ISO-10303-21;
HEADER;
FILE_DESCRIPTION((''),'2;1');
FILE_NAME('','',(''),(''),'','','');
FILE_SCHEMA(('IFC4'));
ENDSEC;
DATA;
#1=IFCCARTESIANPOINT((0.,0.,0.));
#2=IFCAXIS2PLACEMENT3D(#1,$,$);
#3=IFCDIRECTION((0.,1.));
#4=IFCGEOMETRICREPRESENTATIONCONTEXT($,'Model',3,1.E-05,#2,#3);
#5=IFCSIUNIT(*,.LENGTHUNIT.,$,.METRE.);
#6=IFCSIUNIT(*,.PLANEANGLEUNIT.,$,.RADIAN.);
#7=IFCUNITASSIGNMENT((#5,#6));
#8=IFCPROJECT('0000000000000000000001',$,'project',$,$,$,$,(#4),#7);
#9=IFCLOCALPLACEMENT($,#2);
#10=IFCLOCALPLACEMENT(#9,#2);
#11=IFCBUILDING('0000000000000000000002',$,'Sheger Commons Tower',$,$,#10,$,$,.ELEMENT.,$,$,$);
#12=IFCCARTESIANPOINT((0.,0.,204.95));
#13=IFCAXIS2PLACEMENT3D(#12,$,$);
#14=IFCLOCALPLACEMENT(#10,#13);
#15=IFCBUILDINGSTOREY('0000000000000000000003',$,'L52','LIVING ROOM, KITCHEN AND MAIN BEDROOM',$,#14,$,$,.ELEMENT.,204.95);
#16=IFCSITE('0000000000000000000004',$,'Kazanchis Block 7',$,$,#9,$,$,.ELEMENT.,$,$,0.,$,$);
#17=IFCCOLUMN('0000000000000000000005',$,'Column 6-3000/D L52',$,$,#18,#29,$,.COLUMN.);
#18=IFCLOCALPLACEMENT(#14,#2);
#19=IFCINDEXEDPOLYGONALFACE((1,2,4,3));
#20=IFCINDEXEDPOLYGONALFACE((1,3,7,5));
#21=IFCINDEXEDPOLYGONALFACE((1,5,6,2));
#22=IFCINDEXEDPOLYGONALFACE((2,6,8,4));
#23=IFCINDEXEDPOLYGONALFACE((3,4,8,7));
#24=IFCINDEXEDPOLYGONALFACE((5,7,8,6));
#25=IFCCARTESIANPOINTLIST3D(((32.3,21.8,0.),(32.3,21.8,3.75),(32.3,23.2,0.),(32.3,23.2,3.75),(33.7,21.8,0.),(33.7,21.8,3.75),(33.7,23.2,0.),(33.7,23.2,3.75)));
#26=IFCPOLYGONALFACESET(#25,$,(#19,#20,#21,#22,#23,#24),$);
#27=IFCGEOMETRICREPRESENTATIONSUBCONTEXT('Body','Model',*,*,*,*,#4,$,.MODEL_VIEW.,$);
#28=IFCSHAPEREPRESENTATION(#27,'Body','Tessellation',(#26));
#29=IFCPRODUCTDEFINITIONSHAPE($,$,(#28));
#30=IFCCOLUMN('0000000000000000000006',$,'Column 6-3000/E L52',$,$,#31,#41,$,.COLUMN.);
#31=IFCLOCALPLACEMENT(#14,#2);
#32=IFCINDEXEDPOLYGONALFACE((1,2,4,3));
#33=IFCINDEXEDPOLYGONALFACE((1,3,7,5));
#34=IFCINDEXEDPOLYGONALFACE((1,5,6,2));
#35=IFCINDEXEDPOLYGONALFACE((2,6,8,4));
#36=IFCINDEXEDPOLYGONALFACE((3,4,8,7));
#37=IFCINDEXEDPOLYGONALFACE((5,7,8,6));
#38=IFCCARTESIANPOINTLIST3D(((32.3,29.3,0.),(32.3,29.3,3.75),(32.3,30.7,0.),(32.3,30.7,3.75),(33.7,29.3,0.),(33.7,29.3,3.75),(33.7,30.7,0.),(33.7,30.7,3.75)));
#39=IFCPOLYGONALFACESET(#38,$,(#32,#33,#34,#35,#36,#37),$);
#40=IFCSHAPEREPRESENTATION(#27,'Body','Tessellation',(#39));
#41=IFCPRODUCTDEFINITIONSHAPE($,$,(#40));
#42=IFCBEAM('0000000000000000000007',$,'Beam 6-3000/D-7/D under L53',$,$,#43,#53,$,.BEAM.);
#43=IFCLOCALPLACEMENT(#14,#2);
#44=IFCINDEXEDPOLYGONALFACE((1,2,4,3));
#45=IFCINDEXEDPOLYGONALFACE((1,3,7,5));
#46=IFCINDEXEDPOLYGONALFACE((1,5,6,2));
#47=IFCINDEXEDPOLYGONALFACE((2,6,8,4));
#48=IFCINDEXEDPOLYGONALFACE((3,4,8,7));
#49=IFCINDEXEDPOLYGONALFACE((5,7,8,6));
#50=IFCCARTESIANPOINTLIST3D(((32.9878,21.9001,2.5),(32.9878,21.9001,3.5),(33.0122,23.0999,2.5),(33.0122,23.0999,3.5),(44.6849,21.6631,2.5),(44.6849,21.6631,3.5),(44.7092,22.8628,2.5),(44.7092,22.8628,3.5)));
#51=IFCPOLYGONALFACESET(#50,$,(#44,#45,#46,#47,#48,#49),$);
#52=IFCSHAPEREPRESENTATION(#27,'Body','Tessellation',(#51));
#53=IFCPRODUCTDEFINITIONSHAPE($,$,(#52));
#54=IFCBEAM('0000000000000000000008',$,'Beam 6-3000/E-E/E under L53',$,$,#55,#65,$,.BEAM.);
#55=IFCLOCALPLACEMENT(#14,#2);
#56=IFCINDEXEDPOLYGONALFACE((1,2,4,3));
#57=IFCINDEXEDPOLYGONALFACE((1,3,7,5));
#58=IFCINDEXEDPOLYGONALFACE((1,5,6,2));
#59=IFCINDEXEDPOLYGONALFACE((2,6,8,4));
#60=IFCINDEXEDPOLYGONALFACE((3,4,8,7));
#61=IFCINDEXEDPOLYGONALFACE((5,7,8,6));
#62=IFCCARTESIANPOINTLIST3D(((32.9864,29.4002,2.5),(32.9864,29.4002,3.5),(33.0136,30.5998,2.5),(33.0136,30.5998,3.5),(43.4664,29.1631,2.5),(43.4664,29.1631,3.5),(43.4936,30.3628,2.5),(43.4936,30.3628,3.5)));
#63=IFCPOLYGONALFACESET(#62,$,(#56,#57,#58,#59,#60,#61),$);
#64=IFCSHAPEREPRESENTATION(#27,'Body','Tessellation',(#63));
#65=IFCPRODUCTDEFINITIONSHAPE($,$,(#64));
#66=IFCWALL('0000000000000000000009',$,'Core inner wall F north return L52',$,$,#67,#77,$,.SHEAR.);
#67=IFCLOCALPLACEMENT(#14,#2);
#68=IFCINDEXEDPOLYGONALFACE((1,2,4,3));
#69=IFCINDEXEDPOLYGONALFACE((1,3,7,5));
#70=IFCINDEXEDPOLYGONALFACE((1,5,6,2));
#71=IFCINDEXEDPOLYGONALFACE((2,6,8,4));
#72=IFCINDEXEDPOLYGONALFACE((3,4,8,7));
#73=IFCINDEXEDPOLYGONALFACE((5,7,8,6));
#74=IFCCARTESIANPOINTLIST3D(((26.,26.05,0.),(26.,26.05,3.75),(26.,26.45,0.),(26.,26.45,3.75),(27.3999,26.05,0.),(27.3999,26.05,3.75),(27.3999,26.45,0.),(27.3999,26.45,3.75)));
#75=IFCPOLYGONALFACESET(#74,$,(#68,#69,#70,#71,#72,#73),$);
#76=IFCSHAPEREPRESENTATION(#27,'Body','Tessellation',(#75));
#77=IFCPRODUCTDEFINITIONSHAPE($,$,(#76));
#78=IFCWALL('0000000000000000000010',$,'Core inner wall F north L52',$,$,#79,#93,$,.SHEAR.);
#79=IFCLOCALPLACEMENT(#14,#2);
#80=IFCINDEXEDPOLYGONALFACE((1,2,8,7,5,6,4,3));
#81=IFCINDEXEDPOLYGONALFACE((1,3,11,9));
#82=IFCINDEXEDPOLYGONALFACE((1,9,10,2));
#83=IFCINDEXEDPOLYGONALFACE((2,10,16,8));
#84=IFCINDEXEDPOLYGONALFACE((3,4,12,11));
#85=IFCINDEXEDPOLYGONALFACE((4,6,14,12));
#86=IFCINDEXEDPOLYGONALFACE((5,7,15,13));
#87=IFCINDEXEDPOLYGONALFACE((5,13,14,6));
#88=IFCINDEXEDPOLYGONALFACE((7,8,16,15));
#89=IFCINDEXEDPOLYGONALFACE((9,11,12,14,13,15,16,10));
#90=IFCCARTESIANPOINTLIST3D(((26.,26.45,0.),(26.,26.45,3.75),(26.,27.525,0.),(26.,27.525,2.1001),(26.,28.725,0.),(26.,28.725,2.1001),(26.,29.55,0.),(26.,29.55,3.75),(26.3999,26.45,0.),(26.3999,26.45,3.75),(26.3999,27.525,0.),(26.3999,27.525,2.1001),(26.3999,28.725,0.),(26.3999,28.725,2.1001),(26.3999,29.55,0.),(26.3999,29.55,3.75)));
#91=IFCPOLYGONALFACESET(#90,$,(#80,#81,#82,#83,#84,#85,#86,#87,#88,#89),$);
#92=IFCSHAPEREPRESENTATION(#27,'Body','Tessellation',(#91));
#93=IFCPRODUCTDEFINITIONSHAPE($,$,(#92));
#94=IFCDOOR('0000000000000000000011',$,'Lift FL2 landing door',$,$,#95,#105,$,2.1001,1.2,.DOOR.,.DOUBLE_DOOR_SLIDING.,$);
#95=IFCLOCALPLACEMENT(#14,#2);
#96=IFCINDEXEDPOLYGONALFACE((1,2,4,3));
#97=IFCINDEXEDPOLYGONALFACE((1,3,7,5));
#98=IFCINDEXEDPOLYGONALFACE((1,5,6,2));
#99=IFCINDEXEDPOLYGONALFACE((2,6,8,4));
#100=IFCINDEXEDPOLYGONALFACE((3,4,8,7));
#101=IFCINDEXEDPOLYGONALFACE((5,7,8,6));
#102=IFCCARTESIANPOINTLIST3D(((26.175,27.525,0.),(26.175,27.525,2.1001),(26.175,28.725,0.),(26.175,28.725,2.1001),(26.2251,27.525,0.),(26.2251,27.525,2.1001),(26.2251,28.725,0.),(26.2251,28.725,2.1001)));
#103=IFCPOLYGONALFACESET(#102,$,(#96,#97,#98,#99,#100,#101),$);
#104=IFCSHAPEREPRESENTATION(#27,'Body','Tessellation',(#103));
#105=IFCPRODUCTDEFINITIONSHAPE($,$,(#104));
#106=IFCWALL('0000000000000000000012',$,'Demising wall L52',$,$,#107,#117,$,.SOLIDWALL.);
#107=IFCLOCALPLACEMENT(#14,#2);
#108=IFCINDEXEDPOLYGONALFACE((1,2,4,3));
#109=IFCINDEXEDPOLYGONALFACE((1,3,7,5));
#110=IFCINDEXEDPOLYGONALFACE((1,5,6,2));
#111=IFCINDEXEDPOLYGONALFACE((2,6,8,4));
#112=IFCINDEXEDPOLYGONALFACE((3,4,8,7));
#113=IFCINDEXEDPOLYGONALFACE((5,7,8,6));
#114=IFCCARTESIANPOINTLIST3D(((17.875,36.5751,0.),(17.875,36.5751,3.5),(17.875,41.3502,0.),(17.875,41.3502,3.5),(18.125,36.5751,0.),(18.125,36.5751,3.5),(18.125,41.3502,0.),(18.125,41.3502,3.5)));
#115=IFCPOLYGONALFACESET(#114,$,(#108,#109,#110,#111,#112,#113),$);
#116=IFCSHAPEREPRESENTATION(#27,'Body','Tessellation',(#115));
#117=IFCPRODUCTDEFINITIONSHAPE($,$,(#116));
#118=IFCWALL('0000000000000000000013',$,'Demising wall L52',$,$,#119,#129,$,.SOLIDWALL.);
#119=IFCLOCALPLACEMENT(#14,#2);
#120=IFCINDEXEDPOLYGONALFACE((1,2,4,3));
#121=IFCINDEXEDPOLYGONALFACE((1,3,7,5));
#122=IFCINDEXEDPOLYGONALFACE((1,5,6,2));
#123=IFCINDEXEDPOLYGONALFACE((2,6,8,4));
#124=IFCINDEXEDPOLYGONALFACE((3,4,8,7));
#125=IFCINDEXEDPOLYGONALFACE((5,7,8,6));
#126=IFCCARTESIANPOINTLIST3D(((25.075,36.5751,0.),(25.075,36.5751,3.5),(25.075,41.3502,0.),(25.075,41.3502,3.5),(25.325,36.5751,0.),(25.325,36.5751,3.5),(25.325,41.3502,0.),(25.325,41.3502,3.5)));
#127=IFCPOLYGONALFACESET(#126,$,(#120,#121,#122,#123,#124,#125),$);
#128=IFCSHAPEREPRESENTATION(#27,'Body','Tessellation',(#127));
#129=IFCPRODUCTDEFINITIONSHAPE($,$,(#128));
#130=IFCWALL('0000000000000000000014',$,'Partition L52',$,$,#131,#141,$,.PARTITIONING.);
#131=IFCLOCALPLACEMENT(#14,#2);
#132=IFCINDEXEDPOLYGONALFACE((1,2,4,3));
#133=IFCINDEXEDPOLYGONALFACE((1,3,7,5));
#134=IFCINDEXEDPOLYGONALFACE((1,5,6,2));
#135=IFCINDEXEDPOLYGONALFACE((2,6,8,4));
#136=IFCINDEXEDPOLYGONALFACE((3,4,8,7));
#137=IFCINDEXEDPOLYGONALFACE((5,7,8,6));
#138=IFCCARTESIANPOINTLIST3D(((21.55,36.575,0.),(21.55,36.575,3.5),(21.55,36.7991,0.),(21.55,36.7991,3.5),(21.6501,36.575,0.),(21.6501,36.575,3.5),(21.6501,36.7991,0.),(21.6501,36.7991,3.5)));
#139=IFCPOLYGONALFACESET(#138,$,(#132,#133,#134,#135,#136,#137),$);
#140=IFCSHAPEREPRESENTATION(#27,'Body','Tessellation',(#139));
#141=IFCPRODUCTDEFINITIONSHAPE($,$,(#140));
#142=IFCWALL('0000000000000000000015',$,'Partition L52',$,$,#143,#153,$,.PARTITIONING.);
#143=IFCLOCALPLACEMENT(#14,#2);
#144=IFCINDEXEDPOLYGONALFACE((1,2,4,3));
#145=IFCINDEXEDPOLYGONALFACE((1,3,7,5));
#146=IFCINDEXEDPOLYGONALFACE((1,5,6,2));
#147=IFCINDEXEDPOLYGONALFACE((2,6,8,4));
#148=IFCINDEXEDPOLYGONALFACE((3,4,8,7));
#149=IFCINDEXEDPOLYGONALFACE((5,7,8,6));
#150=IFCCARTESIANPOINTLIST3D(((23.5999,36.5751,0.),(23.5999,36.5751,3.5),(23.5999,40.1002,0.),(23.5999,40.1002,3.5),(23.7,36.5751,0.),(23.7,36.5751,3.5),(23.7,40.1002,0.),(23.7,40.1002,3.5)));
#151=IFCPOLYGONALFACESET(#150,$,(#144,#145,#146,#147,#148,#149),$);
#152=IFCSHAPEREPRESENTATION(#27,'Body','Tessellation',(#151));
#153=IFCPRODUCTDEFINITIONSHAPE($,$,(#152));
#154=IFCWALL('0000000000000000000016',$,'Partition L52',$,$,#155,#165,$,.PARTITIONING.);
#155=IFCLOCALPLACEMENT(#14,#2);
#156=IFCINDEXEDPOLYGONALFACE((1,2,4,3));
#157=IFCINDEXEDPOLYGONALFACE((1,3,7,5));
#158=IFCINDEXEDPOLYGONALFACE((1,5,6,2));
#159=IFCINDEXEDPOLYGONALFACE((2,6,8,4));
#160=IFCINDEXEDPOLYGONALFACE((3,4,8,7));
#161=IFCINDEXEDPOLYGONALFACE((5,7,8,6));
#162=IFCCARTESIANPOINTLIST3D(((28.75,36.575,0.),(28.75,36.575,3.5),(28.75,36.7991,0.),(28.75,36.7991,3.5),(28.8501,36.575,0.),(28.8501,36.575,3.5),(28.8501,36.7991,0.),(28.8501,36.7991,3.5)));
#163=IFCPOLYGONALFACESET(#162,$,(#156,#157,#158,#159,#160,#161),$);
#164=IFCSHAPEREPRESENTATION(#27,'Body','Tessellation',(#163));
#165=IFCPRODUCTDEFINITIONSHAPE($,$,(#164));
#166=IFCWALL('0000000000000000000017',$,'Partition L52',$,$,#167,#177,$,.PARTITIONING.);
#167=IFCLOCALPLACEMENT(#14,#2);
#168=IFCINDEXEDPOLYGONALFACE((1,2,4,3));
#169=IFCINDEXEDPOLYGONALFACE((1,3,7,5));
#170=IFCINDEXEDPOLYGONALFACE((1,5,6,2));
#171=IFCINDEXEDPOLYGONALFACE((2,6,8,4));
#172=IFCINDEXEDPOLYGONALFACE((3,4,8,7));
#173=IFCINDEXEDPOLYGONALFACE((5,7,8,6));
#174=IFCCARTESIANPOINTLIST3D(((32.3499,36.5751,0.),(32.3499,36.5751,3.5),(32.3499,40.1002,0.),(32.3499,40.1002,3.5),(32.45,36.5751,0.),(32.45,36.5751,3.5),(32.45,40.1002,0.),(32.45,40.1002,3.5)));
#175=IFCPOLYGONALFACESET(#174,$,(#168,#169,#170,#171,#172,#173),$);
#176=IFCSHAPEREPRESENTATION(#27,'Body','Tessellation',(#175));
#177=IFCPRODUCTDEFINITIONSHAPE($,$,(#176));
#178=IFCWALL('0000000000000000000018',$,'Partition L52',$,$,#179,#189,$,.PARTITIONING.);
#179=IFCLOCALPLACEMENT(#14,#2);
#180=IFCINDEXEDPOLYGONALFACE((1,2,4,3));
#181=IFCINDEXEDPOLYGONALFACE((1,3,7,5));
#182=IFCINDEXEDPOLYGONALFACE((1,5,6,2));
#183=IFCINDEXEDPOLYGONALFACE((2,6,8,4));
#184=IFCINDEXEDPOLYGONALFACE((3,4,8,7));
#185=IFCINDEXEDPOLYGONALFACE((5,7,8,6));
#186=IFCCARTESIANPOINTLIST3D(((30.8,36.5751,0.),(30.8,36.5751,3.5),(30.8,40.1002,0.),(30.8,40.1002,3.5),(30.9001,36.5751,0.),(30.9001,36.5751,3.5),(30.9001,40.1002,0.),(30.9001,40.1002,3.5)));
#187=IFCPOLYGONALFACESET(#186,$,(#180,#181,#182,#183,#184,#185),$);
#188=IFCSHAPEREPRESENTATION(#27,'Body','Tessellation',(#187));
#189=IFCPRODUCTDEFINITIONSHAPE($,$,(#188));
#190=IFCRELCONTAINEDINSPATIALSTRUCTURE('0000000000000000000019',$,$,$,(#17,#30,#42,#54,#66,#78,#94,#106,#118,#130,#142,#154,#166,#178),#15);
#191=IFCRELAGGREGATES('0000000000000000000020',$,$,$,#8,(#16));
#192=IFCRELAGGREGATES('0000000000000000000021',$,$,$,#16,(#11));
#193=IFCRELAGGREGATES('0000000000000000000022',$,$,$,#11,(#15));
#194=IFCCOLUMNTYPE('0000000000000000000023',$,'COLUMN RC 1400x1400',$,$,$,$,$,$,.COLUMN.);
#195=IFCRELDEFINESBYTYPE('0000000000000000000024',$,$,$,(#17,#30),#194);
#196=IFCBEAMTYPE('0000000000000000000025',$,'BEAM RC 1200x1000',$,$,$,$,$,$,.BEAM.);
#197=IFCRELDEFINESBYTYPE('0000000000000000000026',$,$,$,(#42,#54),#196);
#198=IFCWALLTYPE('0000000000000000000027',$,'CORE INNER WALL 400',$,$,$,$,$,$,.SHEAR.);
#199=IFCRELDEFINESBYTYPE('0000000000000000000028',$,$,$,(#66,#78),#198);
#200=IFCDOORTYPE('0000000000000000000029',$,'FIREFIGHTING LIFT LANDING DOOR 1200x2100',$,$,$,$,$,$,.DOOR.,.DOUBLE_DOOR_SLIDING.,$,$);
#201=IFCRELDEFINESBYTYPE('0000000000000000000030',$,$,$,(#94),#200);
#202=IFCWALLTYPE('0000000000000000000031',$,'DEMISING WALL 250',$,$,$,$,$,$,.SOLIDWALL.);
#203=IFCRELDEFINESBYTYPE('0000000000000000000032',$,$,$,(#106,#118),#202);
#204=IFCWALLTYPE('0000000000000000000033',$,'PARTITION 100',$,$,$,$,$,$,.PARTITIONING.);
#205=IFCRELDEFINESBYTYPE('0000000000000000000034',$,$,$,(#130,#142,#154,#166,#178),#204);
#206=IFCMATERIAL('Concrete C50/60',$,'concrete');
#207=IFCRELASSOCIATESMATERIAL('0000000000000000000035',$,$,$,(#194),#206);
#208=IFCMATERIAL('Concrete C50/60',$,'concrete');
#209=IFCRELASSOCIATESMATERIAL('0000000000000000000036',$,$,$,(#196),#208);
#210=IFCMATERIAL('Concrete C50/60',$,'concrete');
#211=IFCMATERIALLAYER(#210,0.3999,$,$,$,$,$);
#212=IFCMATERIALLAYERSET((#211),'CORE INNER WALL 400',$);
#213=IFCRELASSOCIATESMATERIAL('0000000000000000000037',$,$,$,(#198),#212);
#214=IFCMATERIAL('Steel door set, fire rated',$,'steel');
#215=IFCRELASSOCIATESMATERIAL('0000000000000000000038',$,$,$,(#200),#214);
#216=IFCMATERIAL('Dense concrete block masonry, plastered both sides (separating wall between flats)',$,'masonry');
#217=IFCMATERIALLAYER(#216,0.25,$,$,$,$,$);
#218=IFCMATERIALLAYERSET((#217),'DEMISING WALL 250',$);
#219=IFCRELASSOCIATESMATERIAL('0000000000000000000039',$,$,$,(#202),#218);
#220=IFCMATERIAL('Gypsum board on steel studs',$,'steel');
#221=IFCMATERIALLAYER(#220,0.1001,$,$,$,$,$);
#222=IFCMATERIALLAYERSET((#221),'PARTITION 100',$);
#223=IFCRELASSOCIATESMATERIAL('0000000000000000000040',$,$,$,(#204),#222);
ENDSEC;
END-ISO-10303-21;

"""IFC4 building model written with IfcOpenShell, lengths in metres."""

from ifc_helpers import new_model, si_unit, direction, frame, frame_2d, origin, origin_2d, place, context, subcontext, project, spatial, rectangle, extrude, material, layer, layer_set, material_profile, profile_set, type_object, element, fill, save


model = new_model("IFC4")

# Units and contexts
model_context = context("Model", 3, precision=1e-05, world=origin(), true_north=direction((0.0, 1.0)))
body_context = subcontext(model_context, "Body", "Model", "MODEL_VIEW")
ifc_project = project(units=[si_unit("LENGTHUNIT", "METRE"), si_unit("PLANEANGLEUNIT", "RADIAN")], contexts=[model_context])

# Site, building, storey
site_placement = place(None, origin())
site = spatial("IfcSite", under=ifc_project, at=site_placement, Name="Kazanchis Block 7", CompositionType="ELEMENT", RefElevation=0.0)
building_placement = place(site_placement, origin())
building = spatial("IfcBuilding", under=site, at=building_placement, Name="Sheger Commons Tower", CompositionType="ELEMENT")
storey_placement = place(building_placement, frame((0.0, 0.0, 204.95)))
storey = spatial("IfcBuildingStorey", under=building, at=storey_placement, Name="L52", Description="LIVING ROOM, KITCHEN AND MAIN BEDROOM", CompositionType="ELEMENT", Elevation=204.95)

# Columns
ifc_material_1 = material(Name="Concrete C50/60", Category="concrete")
ifc_material_profile_1 = material_profile(ifc_material_1, rectangle(XDim=1.3999, YDim=1.3999, at=origin_2d()), Name="RC 1400x1400")
ifc_profile_set_1 = profile_set([ifc_material_profile_1], Name="Concrete C50/60")
column_type = type_object("IfcColumnType", Name="COLUMN RC 1400x1400", PredefinedType="COLUMN", material=ifc_profile_set_1)
for number, where, z_axis, x_axis, name in (
    (1, (33.0, 22.5, 0.0), (0.0, 0.0, 1.0), (1.0, 0.0, 0.0), "Column 6-3000/D L52"),
    (2, (33.0, 30.0, 0.0), (0.0, 0.0, 1.0), (1.0, 0.0, 0.0), "Column 6-3000/E L52"),
):
    element("IfcColumn", number, at=place(storey_placement, frame(where, z_axis=z_axis, x_axis=x_axis)), inside=storey, type_object=column_type, Name=name, PredefinedType="COLUMN", context=body_context, shape_type="SweptSolid", body=[
        extrude(rectangle(XDim=1.3999, YDim=1.3999, at=origin_2d()), origin(), (0.0, 0.0, 1.0), 3.75),
    ])

# Beams
ifc_material_2 = material(Name="Concrete C50/60", Category="concrete")
ifc_material_profile_2 = material_profile(ifc_material_2, rectangle(XDim=1.2, YDim=1.0, at=origin_2d()), Name="RC 1200x1000")
ifc_profile_set_2 = profile_set([ifc_material_profile_2], Name="Concrete C50/60")
beam_type = type_object("IfcBeamType", Name="BEAM RC 1200x1000", PredefinedType="BEAM", material=ifc_profile_set_2)
beam_1_placement = place(storey_placement, frame((33.0, 22.5, 3.0), z_axis=(0.999795, -0.020263, 0.0), x_axis=(0.020263, 0.999795, 0.0)))
element("IfcBeam", 3, at=beam_1_placement, inside=storey, type_object=beam_type, Name="Beam 6-3000/D-7/D under L53", PredefinedType="BEAM", context=body_context, shape_type="SweptSolid", body=[
    extrude(rectangle(XDim=1.2, YDim=1.0, at=origin_2d()), origin(), (0.0, 0.0, 1.0), 11.6995),
])
beam_2_placement = place(storey_placement, frame((33.0, 30.0, 3.0), z_axis=(0.999744, -0.022615, 0.0), x_axis=(0.022615, 0.999744, 0.0)))
element("IfcBeam", 4, at=beam_2_placement, inside=storey, type_object=beam_type, Name="Beam 6-3000/E-E/E under L53", PredefinedType="BEAM", context=body_context, shape_type="SweptSolid", body=[
    extrude(rectangle(XDim=1.2, YDim=1.0, at=origin_2d()), origin(), (0.0, 0.0, 1.0), 10.4827),
])

# Wall
ifc_material_3 = material(Name="Concrete C50/60", Category="concrete")
ifc_layer_1 = layer(ifc_material_3, 0.3999)
ifc_layer_set_1 = layer_set([ifc_layer_1], Name="CORE INNER WALL 400")
wall_type_1 = type_object("IfcWallType", Name="CORE INNER WALL 400", PredefinedType="SHEAR", material=ifc_layer_set_1)
wall_1_placement = place(storey_placement, frame((26.0, 26.25, 0.0), z_axis=(0.0, 0.0, 1.0), x_axis=(1.0, 0.0, 0.0)))
element("IfcWall", 5, at=wall_1_placement, inside=storey, type_object=wall_type_1, Name="Core inner wall F north return L52", PredefinedType="SHEAR", context=body_context, shape_type="SweptSolid", body=[
    extrude(rectangle(XDim=1.3999, YDim=0.3999, at=frame_2d((0.7, 0.0))), origin(), (0.0, 0.0, 1.0), 3.75),
])

# Wall, opening, door
wall_2_placement = place(storey_placement, frame((26.2, 26.45, 0.0), z_axis=(0.0, 0.0, 1.0), x_axis=(0.0, 1.0, 0.0)))
wall_2 = element("IfcWall", 6, at=wall_2_placement, inside=storey, type_object=wall_type_1, Name="Core inner wall F north L52", PredefinedType="SHEAR", context=body_context, shape_type="SweptSolid", body=[
    extrude(rectangle(XDim=3.1001, YDim=0.3999, at=frame_2d((1.55, 0.0))), origin(), (0.0, 0.0, 1.0), 3.75),
])
opening_1_placement = place(wall_2_placement, frame((1.075, 0.0, 0.0)))
opening_1 = element("IfcOpeningElement", 7, at=opening_1_placement, cuts=wall_2, PredefinedType="OPENING", context=body_context, shape_type="SweptSolid", body=[
    extrude(rectangle(XDim=1.2, YDim=2.1001, at=frame_2d((0.6001, 1.05))), frame((0.0, 0.21, 0.0), z_axis=(0.0, -1.0, 0.0), x_axis=(1.0, 0.0, 0.0)), (0.0, 0.0, 1.0), 0.4199),
])
ifc_material_4 = material(Name="Steel door set, fire rated", Category="steel")
door_type_1 = type_object("IfcDoorType", Name="FIREFIGHTING LIFT LANDING DOOR 1200x2100", OperationType="DOUBLE_DOOR_SLIDING", PredefinedType="DOOR", material=ifc_material_4)
door_1_placement = place(opening_1_placement, origin())
door_1 = element("IfcDoor", 8, at=door_1_placement, inside=storey, type_object=door_type_1, Name="Lift FL2 landing door", OperationType="DOUBLE_DOOR_SLIDING", OverallHeight=2.1001, OverallWidth=1.2, PredefinedType="DOOR", context=body_context, shape_type="SweptSolid", body=[
    extrude(rectangle(XDim=1.2, YDim=2.1001, at=frame_2d((0.6001, 1.05))), frame((0.0, 0.0249, 0.0), z_axis=(0.0, -1.0, 0.0), x_axis=(1.0, 0.0, 0.0)), (0.0, 0.0, 1.0), 0.05),
])
fill(opening_1, door_1)

# Walls
ifc_material_5 = material(Name="Dense concrete block masonry, plastered both sides (separating wall between flats)", Category="masonry")
ifc_layer_2 = layer(ifc_material_5, 0.25)
ifc_layer_set_2 = layer_set([ifc_layer_2], Name="DEMISING WALL 250")
wall_type_2 = type_object("IfcWallType", Name="DEMISING WALL 250", PredefinedType="SOLIDWALL", material=ifc_layer_set_2)
for number, where, z_axis, x_axis, name in (
    (9, (18.0, 36.575, 0.0), (0.0, 0.0, 1.0), (0.0, 1.0, 0.0), "Demising wall L52"),
    (10, (25.2, 36.575, 0.0), (0.0, 0.0, 1.0), (0.0, 1.0, 0.0), "Demising wall L52"),
):
    element("IfcWall", number, at=place(storey_placement, frame(where, z_axis=z_axis, x_axis=x_axis)), inside=storey, type_object=wall_type_2, Name=name, PredefinedType="SOLIDWALL", context=body_context, shape_type="SweptSolid", body=[
        extrude(rectangle(XDim=4.7751, YDim=0.25, at=frame_2d((2.3877, 0.0))), origin(), (0.0, 0.0, 1.0), 3.5),
    ])
ifc_material_6 = material(Name="Gypsum board on steel studs", Category="steel")
ifc_layer_3 = layer(ifc_material_6, 0.1001)
ifc_layer_set_3 = layer_set([ifc_layer_3], Name="PARTITION 100")
wall_type_3 = type_object("IfcWallType", Name="PARTITION 100", PredefinedType="PARTITIONING", material=ifc_layer_set_3)
wall_3_placement = place(storey_placement, frame((21.6001, 36.575, 0.0), z_axis=(0.0, 0.0, 1.0), x_axis=(0.0, 1.0, 0.0)))
element("IfcWall", 11, at=wall_3_placement, inside=storey, type_object=wall_type_3, Name="Partition L52", PredefinedType="PARTITIONING", context=body_context, shape_type="SweptSolid", body=[
    extrude(rectangle(XDim=0.2241, YDim=0.1001, at=frame_2d((0.1121, 0.0))), origin(), (0.0, 0.0, 1.0), 3.5),
])
wall_4_placement = place(storey_placement, frame((23.6499, 36.575, 0.0), z_axis=(0.0, 0.0, 1.0), x_axis=(0.0, 1.0, 0.0)))
element("IfcWall", 12, at=wall_4_placement, inside=storey, type_object=wall_type_3, Name="Partition L52", PredefinedType="PARTITIONING", context=body_context, shape_type="SweptSolid", body=[
    extrude(rectangle(XDim=3.5251, YDim=0.1001, at=frame_2d((1.7627, 0.0))), origin(), (0.0, 0.0, 1.0), 3.5),
])
wall_5_placement = place(storey_placement, frame((28.8, 36.575, 0.0), z_axis=(0.0, 0.0, 1.0), x_axis=(0.0, 1.0, 0.0)))
element("IfcWall", 13, at=wall_5_placement, inside=storey, type_object=wall_type_3, Name="Partition L52", PredefinedType="PARTITIONING", context=body_context, shape_type="SweptSolid", body=[
    extrude(rectangle(XDim=0.2241, YDim=0.1001, at=frame_2d((0.1121, 0.0))), origin(), (0.0, 0.0, 1.0), 3.5),
])
for number, where, z_axis, x_axis, name in (
    (14, (32.3999, 36.575, 0.0), (0.0, 0.0, 1.0), (0.0, 1.0, 0.0), "Partition L52"),
    (15, (30.8501, 36.575, 0.0), (0.0, 0.0, 1.0), (0.0, 1.0, 0.0), "Partition L52"),
):
    element("IfcWall", number, at=place(storey_placement, frame(where, z_axis=z_axis, x_axis=x_axis)), inside=storey, type_object=wall_type_3, Name=name, PredefinedType="PARTITIONING", context=body_context, shape_type="SweptSolid", body=[
        extrude(rectangle(XDim=3.5251, YDim=0.1001, at=frame_2d((1.7627, 0.0))), origin(), (0.0, 0.0, 1.0), 3.5),
    ])

save(model, "model.ifc")
